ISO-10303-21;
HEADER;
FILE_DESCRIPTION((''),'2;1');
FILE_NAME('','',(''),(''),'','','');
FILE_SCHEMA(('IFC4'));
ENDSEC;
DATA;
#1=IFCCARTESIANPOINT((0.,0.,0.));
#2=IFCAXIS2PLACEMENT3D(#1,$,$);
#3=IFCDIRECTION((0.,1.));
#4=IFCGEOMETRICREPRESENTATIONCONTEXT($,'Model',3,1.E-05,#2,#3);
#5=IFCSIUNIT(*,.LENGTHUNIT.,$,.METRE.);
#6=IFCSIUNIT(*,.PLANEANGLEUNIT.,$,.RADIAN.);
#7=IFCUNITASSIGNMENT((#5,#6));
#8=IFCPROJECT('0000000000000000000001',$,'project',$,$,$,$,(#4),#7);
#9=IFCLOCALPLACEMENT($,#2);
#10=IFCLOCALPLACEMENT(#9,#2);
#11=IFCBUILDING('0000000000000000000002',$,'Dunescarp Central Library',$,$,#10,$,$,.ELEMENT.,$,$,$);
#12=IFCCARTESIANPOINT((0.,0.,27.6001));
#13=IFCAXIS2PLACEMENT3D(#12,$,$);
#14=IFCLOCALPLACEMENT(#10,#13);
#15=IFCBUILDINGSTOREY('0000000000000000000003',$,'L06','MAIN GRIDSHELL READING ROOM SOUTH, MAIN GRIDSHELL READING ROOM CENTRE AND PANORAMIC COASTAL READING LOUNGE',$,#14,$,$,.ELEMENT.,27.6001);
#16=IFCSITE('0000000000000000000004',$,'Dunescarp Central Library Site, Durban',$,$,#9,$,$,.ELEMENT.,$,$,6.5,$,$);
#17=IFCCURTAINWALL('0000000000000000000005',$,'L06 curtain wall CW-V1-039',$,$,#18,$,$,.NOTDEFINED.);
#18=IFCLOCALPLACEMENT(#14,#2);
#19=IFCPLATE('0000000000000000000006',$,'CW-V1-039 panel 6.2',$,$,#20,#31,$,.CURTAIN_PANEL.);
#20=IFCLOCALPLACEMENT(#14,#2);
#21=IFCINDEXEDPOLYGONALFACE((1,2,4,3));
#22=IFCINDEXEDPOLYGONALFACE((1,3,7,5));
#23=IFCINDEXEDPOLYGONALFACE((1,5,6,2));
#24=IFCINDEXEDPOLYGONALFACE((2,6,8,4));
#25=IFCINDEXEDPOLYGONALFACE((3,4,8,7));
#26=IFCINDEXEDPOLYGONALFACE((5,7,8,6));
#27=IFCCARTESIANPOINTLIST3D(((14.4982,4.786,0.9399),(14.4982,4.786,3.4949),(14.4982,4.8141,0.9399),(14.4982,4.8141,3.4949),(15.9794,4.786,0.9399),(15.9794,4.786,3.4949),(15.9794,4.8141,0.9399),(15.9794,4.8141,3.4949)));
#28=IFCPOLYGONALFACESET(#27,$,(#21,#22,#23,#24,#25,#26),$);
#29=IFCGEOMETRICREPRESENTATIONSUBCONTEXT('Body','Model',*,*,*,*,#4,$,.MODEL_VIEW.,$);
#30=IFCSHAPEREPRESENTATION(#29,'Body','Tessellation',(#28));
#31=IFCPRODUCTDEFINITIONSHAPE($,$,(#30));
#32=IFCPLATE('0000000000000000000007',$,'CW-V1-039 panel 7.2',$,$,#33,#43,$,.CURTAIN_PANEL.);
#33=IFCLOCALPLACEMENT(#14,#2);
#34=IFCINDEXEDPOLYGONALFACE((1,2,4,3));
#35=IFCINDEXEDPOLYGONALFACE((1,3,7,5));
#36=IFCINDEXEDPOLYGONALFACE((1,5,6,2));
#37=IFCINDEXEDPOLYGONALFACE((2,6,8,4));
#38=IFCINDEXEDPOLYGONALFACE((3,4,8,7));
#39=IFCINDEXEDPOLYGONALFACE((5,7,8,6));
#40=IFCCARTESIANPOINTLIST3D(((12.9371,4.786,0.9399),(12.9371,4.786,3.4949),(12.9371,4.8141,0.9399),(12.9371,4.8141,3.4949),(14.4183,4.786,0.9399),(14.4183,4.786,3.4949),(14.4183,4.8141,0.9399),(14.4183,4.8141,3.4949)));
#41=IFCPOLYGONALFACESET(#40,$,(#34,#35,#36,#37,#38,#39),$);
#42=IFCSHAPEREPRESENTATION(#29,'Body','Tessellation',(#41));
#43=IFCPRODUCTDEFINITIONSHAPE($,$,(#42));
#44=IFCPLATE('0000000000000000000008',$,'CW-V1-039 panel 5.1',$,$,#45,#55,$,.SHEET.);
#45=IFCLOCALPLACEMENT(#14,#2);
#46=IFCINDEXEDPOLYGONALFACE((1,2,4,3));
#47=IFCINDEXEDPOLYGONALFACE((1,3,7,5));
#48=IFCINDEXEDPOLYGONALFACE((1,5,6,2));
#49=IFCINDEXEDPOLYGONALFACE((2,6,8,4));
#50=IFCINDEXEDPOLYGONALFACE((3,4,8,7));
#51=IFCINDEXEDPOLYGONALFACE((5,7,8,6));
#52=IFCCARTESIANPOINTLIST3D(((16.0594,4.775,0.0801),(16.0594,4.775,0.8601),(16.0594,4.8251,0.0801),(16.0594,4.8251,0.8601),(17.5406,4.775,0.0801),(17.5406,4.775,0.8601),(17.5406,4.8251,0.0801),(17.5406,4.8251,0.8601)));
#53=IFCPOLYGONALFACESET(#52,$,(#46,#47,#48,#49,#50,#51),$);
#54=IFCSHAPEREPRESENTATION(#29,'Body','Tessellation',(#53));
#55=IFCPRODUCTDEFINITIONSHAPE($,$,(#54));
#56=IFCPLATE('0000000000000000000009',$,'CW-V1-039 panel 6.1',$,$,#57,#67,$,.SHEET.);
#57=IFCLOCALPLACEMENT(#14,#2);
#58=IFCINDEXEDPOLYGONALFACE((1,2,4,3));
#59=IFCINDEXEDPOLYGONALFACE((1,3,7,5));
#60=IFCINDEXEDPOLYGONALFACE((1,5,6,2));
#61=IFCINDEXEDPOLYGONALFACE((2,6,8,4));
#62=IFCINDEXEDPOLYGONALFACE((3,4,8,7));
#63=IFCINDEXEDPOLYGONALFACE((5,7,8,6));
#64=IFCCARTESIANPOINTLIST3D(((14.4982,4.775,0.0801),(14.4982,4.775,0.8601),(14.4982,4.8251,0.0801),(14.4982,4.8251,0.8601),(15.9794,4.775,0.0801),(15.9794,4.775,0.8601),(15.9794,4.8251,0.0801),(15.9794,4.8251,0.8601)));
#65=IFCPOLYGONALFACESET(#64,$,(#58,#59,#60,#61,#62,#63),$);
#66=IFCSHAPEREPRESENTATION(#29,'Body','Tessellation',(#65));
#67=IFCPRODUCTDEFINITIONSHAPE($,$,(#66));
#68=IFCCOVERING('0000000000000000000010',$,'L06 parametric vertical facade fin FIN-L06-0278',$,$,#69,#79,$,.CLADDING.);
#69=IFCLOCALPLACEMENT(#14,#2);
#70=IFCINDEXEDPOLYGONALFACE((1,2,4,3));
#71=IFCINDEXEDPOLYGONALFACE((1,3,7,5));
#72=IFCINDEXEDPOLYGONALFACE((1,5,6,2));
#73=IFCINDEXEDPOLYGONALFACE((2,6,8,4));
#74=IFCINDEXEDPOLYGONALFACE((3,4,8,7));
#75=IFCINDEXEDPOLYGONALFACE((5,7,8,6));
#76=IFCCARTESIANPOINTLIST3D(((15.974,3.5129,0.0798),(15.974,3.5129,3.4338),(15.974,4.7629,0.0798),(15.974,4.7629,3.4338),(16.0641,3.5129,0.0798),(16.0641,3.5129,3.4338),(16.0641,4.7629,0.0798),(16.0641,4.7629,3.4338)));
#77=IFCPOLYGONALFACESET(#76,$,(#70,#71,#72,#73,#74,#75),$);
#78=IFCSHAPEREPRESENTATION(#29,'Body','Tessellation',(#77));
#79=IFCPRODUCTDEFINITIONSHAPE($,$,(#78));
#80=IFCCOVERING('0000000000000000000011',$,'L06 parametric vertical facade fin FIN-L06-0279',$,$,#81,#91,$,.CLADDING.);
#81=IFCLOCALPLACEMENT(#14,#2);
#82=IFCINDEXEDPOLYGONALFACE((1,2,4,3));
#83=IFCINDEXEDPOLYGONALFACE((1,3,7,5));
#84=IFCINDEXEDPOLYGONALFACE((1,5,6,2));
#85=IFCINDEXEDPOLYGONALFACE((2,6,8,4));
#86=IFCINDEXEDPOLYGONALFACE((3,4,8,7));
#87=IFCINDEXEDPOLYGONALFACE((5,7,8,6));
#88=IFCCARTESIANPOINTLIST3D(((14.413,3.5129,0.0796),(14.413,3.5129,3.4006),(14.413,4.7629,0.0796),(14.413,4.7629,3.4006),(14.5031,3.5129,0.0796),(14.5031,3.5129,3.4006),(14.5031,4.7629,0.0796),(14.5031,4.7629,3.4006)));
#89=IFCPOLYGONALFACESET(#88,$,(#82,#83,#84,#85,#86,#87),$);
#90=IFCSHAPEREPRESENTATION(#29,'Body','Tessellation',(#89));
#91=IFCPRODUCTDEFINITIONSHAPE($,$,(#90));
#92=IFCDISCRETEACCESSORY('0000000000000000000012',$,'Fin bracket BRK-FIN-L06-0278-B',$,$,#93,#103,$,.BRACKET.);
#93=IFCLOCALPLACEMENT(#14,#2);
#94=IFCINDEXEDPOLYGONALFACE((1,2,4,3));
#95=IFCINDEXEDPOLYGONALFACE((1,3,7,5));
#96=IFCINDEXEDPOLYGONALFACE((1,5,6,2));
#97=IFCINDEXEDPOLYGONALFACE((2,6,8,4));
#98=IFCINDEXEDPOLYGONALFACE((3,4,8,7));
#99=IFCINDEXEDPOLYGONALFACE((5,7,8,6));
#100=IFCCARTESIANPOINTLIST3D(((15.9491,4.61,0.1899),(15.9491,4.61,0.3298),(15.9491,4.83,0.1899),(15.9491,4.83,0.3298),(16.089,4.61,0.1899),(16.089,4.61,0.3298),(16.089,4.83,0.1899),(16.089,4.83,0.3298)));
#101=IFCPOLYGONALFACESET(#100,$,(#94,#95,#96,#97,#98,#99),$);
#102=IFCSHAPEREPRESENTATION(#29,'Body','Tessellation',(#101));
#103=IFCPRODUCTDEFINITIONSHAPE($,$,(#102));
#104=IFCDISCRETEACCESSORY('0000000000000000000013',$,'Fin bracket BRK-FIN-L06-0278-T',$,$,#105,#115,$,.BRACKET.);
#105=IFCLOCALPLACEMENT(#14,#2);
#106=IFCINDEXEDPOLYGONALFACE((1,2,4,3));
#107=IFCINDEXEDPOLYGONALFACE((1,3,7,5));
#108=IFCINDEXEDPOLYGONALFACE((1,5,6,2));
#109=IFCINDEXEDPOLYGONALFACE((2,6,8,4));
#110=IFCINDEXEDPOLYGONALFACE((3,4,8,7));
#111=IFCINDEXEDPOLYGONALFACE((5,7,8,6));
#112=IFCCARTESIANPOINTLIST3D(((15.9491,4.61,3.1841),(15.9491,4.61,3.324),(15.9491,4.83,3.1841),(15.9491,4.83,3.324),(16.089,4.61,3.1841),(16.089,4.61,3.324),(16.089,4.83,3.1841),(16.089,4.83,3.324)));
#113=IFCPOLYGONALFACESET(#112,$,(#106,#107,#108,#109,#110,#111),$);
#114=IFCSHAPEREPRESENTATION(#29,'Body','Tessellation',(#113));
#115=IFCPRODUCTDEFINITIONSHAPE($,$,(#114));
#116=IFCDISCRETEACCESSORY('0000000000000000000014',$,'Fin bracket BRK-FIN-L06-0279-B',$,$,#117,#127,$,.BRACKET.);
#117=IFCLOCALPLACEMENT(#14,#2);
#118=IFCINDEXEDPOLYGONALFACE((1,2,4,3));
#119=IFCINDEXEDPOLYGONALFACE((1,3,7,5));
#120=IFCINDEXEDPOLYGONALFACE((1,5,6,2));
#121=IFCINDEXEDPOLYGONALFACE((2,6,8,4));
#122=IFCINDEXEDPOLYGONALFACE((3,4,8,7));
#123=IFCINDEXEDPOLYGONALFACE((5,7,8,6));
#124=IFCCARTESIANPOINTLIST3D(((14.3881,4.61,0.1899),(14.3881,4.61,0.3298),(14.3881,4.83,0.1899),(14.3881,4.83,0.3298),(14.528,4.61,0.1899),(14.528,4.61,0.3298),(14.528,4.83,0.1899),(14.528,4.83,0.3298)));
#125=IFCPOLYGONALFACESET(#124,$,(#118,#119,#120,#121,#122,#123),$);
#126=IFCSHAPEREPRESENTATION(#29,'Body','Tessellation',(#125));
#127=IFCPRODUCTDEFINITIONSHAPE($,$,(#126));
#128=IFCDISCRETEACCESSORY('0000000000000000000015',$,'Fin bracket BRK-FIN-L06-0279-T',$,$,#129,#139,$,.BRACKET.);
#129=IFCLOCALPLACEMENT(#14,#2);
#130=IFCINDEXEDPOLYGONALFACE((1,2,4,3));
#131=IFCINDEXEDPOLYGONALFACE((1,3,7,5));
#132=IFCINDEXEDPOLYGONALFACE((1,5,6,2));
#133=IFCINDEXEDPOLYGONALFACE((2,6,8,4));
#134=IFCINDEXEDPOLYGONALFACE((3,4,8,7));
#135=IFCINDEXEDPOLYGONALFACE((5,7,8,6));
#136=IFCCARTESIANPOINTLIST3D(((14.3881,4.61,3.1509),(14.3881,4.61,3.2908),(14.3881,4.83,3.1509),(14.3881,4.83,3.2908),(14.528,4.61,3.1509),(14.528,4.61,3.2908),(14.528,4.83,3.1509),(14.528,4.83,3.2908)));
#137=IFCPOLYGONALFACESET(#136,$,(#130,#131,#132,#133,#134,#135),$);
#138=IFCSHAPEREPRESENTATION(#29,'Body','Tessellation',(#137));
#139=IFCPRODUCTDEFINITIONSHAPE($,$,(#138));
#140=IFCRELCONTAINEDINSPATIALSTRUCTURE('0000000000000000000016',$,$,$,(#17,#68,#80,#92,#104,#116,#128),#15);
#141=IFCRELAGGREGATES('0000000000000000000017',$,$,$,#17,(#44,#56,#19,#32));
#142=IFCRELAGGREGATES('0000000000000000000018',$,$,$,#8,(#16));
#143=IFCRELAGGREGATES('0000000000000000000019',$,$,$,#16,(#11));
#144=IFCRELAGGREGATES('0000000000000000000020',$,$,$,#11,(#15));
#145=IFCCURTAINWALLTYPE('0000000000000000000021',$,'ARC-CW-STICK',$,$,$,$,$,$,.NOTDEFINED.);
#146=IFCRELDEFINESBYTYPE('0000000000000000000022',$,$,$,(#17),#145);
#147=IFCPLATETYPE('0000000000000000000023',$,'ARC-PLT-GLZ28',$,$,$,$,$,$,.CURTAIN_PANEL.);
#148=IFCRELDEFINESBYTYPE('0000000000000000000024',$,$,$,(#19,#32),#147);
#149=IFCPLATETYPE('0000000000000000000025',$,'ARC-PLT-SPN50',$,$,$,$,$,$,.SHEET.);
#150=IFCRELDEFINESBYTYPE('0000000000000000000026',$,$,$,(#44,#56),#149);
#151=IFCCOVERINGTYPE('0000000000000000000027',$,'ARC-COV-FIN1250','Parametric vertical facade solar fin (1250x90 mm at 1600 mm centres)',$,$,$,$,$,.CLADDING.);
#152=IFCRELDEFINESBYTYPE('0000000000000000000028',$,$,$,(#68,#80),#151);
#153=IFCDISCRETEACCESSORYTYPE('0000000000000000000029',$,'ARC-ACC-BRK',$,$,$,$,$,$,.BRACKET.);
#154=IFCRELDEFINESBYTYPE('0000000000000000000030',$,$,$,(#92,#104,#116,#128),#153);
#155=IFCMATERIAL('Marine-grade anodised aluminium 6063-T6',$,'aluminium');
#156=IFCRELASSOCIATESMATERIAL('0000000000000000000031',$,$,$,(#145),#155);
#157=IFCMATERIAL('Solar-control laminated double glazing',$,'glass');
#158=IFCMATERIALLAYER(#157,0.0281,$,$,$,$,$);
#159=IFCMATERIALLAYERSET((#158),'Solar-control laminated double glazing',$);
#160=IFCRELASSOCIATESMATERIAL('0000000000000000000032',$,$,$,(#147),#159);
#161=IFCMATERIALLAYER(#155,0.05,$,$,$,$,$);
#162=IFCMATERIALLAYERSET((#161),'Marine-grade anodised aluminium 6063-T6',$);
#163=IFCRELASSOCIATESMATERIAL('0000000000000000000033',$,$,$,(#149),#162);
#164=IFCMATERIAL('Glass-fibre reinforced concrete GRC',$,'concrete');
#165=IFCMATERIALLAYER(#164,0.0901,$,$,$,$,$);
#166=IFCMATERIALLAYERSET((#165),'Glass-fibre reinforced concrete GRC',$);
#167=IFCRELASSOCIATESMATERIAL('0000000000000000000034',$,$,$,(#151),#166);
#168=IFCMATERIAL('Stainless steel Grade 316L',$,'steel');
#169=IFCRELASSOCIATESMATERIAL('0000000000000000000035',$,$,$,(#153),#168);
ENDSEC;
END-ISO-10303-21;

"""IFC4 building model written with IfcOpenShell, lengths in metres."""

from ifc_helpers import new_model, si_unit, direction, frame, origin, origin_2d, place, context, subcontext, project, spatial, rectangle, extrude, material, layer, layer_set, type_object, element, aggregate, save


model = new_model("IFC4")

# Units and contexts
model_context = context("Model", 3, precision=1e-05, world=origin(), true_north=direction((0.0, 1.0)))
body_context = subcontext(model_context, "Body", "Model", "MODEL_VIEW")
ifc_project = project(units=[si_unit("LENGTHUNIT", "METRE"), si_unit("PLANEANGLEUNIT", "RADIAN")], contexts=[model_context])

# Site, building, storey
site_placement = place(None, origin())
site = spatial("IfcSite", under=ifc_project, at=site_placement, Name="Dunescarp Central Library Site, Durban", CompositionType="ELEMENT", RefElevation=6.5)
building_placement = place(site_placement, origin())
building = spatial("IfcBuilding", under=site, at=building_placement, Name="Dunescarp Central Library", CompositionType="ELEMENT")
storey_placement = place(building_placement, frame((0.0, 0.0, 27.6001)))
storey = spatial("IfcBuildingStorey", under=building, at=storey_placement, Name="L06", Description="MAIN GRIDSHELL READING ROOM SOUTH, MAIN GRIDSHELL READING ROOM CENTRE AND PANORAMIC COASTAL READING LOUNGE", CompositionType="ELEMENT", Elevation=27.6001)

# Curtain wall
ifc_material_1 = material(Name="Marine-grade anodised aluminium 6063-T6", Category="aluminium")
curtain_wall_type = type_object("IfcCurtainWallType", Name="ARC-CW-STICK", PredefinedType="NOTDEFINED", material=ifc_material_1)
curtain_wall_placement = place(storey_placement, origin())
curtain_wall = element("IfcCurtainWall", 1, at=curtain_wall_placement, inside=storey, type_object=curtain_wall_type, Name="L06 curtain wall CW-V1-039", PredefinedType="NOTDEFINED")

# Plates
ifc_material_2 = material(Name="Solar-control laminated double glazing", Category="glass")
ifc_layer_1 = layer(ifc_material_2, 0.0281)
ifc_layer_set_1 = layer_set([ifc_layer_1], Name="Solar-control laminated double glazing")
plate_type_1 = type_object("IfcPlateType", Name="ARC-PLT-GLZ28", PredefinedType="CURTAIN_PANEL", material=ifc_layer_set_1)
plate_1_placement = place(storey_placement, frame((15.2388, 4.8, 0.9399), z_axis=(0.0, 0.0, 1.0), x_axis=(-1.0, 0.0, 0.0)))
plate_1 = element("IfcPlate", 2, at=plate_1_placement, type_object=plate_type_1, Name="CW-V1-039 panel 6.2", PredefinedType="CURTAIN_PANEL", context=body_context, shape_type="SweptSolid", body=[
    extrude(rectangle(XDim=1.4812, YDim=0.0281, at=origin_2d()), origin(), (0.0, 0.0, 1.0), 2.5549),
])
plate_2_placement = place(storey_placement, frame((13.6777, 4.8, 0.9399), z_axis=(0.0, 0.0, 1.0), x_axis=(-1.0, 0.0, 0.0)))
plate_2 = element("IfcPlate", 3, at=plate_2_placement, type_object=plate_type_1, Name="CW-V1-039 panel 7.2", PredefinedType="CURTAIN_PANEL", context=body_context, shape_type="SweptSolid", body=[
    extrude(rectangle(XDim=1.4812, YDim=0.0281, at=origin_2d()), origin(), (0.0, 0.0, 1.0), 2.5549),
])
ifc_layer_2 = layer(ifc_material_1, 0.05)
ifc_layer_set_2 = layer_set([ifc_layer_2], Name="Marine-grade anodised aluminium 6063-T6")
plate_type_2 = type_object("IfcPlateType", Name="ARC-PLT-SPN50", PredefinedType="SHEET", material=ifc_layer_set_2)
plate_3_placement = place(storey_placement, frame((16.8, 4.8, 0.0801), z_axis=(0.0, 0.0, 1.0), x_axis=(-1.0, 0.0, 0.0)))
plate_3 = element("IfcPlate", 4, at=plate_3_placement, type_object=plate_type_2, Name="CW-V1-039 panel 5.1", PredefinedType="SHEET", context=body_context, shape_type="SweptSolid", body=[
    extrude(rectangle(XDim=1.4812, YDim=0.05, at=origin_2d()), origin(), (0.0, 0.0, 1.0), 0.78),
])
plate_4_placement = place(storey_placement, frame((15.2388, 4.8, 0.0801), z_axis=(0.0, 0.0, 1.0), x_axis=(-1.0, 0.0, 0.0)))
plate_4 = element("IfcPlate", 5, at=plate_4_placement, type_object=plate_type_2, Name="CW-V1-039 panel 6.1", PredefinedType="SHEET", context=body_context, shape_type="SweptSolid", body=[
    extrude(rectangle(XDim=1.4812, YDim=0.05, at=origin_2d()), origin(), (0.0, 0.0, 1.0), 0.78),
])
aggregate(curtain_wall, [plate_3, plate_4, plate_1, plate_2])

# Coverings
ifc_material_3 = material(Name="Glass-fibre reinforced concrete GRC", Category="concrete")
ifc_layer_3 = layer(ifc_material_3, 0.0901)
ifc_layer_set_3 = layer_set([ifc_layer_3], Name="Glass-fibre reinforced concrete GRC")
covering_type = type_object("IfcCoveringType", Name="ARC-COV-FIN1250", Description="Parametric vertical facade solar fin (1250x90 mm at 1600 mm centres)", PredefinedType="CLADDING", material=ifc_layer_set_3)
covering_1_placement = place(storey_placement, frame((16.019, 4.1379, 0.0798), z_axis=(0.0, 0.0, 1.0), x_axis=(0.0, -1.0, 0.0)))
element("IfcCovering", 6, at=covering_1_placement, inside=storey, type_object=covering_type, Name="L06 parametric vertical facade fin FIN-L06-0278", PredefinedType="CLADDING", context=body_context, shape_type="SweptSolid", body=[
    extrude(rectangle(XDim=1.25, YDim=0.0901, at=origin_2d()), origin(), (0.0, 0.0, 1.0), 3.354),
])
covering_2_placement = place(storey_placement, frame((14.458, 4.1379, 0.0796), z_axis=(0.0, 0.0, 1.0), x_axis=(0.0, -1.0, 0.0)))
element("IfcCovering", 7, at=covering_2_placement, inside=storey, type_object=covering_type, Name="L06 parametric vertical facade fin FIN-L06-0279", PredefinedType="CLADDING", context=body_context, shape_type="SweptSolid", body=[
    extrude(rectangle(XDim=1.25, YDim=0.0901, at=origin_2d()), origin(), (0.0, 0.0, 1.0), 3.321),
])

# Discrete accessories
ifc_material_4 = material(Name="Stainless steel Grade 316L", Category="steel")
discrete_accessory_type = type_object("IfcDiscreteAccessoryType", Name="ARC-ACC-BRK", PredefinedType="BRACKET", material=ifc_material_4)
for number, where, z_axis, x_axis, name in (
    (8, (16.019, 4.72, 0.1899), (0.0, 0.0, 1.0), (0.0, -1.0, 0.0), "Fin bracket BRK-FIN-L06-0278-B"),
    (9, (16.019, 4.72, 3.1841), (0.0, 0.0, 1.0), (0.0, -1.0, 0.0), "Fin bracket BRK-FIN-L06-0278-T"),
    (10, (14.458, 4.72, 0.1899), (0.0, 0.0, 1.0), (0.0, -1.0, 0.0), "Fin bracket BRK-FIN-L06-0279-B"),
    (11, (14.458, 4.72, 3.1509), (0.0, 0.0, 1.0), (0.0, -1.0, 0.0), "Fin bracket BRK-FIN-L06-0279-T"),
):
    element("IfcDiscreteAccessory", number, at=place(storey_placement, frame(where, z_axis=z_axis, x_axis=x_axis)), inside=storey, type_object=discrete_accessory_type, Name=name, PredefinedType="BRACKET", context=body_context, shape_type="SweptSolid", body=[
        extrude(rectangle(XDim=0.22, YDim=0.1399, at=origin_2d()), origin(), (0.0, 0.0, 1.0), 0.1399),
    ])

save(model, "model.ifc")
